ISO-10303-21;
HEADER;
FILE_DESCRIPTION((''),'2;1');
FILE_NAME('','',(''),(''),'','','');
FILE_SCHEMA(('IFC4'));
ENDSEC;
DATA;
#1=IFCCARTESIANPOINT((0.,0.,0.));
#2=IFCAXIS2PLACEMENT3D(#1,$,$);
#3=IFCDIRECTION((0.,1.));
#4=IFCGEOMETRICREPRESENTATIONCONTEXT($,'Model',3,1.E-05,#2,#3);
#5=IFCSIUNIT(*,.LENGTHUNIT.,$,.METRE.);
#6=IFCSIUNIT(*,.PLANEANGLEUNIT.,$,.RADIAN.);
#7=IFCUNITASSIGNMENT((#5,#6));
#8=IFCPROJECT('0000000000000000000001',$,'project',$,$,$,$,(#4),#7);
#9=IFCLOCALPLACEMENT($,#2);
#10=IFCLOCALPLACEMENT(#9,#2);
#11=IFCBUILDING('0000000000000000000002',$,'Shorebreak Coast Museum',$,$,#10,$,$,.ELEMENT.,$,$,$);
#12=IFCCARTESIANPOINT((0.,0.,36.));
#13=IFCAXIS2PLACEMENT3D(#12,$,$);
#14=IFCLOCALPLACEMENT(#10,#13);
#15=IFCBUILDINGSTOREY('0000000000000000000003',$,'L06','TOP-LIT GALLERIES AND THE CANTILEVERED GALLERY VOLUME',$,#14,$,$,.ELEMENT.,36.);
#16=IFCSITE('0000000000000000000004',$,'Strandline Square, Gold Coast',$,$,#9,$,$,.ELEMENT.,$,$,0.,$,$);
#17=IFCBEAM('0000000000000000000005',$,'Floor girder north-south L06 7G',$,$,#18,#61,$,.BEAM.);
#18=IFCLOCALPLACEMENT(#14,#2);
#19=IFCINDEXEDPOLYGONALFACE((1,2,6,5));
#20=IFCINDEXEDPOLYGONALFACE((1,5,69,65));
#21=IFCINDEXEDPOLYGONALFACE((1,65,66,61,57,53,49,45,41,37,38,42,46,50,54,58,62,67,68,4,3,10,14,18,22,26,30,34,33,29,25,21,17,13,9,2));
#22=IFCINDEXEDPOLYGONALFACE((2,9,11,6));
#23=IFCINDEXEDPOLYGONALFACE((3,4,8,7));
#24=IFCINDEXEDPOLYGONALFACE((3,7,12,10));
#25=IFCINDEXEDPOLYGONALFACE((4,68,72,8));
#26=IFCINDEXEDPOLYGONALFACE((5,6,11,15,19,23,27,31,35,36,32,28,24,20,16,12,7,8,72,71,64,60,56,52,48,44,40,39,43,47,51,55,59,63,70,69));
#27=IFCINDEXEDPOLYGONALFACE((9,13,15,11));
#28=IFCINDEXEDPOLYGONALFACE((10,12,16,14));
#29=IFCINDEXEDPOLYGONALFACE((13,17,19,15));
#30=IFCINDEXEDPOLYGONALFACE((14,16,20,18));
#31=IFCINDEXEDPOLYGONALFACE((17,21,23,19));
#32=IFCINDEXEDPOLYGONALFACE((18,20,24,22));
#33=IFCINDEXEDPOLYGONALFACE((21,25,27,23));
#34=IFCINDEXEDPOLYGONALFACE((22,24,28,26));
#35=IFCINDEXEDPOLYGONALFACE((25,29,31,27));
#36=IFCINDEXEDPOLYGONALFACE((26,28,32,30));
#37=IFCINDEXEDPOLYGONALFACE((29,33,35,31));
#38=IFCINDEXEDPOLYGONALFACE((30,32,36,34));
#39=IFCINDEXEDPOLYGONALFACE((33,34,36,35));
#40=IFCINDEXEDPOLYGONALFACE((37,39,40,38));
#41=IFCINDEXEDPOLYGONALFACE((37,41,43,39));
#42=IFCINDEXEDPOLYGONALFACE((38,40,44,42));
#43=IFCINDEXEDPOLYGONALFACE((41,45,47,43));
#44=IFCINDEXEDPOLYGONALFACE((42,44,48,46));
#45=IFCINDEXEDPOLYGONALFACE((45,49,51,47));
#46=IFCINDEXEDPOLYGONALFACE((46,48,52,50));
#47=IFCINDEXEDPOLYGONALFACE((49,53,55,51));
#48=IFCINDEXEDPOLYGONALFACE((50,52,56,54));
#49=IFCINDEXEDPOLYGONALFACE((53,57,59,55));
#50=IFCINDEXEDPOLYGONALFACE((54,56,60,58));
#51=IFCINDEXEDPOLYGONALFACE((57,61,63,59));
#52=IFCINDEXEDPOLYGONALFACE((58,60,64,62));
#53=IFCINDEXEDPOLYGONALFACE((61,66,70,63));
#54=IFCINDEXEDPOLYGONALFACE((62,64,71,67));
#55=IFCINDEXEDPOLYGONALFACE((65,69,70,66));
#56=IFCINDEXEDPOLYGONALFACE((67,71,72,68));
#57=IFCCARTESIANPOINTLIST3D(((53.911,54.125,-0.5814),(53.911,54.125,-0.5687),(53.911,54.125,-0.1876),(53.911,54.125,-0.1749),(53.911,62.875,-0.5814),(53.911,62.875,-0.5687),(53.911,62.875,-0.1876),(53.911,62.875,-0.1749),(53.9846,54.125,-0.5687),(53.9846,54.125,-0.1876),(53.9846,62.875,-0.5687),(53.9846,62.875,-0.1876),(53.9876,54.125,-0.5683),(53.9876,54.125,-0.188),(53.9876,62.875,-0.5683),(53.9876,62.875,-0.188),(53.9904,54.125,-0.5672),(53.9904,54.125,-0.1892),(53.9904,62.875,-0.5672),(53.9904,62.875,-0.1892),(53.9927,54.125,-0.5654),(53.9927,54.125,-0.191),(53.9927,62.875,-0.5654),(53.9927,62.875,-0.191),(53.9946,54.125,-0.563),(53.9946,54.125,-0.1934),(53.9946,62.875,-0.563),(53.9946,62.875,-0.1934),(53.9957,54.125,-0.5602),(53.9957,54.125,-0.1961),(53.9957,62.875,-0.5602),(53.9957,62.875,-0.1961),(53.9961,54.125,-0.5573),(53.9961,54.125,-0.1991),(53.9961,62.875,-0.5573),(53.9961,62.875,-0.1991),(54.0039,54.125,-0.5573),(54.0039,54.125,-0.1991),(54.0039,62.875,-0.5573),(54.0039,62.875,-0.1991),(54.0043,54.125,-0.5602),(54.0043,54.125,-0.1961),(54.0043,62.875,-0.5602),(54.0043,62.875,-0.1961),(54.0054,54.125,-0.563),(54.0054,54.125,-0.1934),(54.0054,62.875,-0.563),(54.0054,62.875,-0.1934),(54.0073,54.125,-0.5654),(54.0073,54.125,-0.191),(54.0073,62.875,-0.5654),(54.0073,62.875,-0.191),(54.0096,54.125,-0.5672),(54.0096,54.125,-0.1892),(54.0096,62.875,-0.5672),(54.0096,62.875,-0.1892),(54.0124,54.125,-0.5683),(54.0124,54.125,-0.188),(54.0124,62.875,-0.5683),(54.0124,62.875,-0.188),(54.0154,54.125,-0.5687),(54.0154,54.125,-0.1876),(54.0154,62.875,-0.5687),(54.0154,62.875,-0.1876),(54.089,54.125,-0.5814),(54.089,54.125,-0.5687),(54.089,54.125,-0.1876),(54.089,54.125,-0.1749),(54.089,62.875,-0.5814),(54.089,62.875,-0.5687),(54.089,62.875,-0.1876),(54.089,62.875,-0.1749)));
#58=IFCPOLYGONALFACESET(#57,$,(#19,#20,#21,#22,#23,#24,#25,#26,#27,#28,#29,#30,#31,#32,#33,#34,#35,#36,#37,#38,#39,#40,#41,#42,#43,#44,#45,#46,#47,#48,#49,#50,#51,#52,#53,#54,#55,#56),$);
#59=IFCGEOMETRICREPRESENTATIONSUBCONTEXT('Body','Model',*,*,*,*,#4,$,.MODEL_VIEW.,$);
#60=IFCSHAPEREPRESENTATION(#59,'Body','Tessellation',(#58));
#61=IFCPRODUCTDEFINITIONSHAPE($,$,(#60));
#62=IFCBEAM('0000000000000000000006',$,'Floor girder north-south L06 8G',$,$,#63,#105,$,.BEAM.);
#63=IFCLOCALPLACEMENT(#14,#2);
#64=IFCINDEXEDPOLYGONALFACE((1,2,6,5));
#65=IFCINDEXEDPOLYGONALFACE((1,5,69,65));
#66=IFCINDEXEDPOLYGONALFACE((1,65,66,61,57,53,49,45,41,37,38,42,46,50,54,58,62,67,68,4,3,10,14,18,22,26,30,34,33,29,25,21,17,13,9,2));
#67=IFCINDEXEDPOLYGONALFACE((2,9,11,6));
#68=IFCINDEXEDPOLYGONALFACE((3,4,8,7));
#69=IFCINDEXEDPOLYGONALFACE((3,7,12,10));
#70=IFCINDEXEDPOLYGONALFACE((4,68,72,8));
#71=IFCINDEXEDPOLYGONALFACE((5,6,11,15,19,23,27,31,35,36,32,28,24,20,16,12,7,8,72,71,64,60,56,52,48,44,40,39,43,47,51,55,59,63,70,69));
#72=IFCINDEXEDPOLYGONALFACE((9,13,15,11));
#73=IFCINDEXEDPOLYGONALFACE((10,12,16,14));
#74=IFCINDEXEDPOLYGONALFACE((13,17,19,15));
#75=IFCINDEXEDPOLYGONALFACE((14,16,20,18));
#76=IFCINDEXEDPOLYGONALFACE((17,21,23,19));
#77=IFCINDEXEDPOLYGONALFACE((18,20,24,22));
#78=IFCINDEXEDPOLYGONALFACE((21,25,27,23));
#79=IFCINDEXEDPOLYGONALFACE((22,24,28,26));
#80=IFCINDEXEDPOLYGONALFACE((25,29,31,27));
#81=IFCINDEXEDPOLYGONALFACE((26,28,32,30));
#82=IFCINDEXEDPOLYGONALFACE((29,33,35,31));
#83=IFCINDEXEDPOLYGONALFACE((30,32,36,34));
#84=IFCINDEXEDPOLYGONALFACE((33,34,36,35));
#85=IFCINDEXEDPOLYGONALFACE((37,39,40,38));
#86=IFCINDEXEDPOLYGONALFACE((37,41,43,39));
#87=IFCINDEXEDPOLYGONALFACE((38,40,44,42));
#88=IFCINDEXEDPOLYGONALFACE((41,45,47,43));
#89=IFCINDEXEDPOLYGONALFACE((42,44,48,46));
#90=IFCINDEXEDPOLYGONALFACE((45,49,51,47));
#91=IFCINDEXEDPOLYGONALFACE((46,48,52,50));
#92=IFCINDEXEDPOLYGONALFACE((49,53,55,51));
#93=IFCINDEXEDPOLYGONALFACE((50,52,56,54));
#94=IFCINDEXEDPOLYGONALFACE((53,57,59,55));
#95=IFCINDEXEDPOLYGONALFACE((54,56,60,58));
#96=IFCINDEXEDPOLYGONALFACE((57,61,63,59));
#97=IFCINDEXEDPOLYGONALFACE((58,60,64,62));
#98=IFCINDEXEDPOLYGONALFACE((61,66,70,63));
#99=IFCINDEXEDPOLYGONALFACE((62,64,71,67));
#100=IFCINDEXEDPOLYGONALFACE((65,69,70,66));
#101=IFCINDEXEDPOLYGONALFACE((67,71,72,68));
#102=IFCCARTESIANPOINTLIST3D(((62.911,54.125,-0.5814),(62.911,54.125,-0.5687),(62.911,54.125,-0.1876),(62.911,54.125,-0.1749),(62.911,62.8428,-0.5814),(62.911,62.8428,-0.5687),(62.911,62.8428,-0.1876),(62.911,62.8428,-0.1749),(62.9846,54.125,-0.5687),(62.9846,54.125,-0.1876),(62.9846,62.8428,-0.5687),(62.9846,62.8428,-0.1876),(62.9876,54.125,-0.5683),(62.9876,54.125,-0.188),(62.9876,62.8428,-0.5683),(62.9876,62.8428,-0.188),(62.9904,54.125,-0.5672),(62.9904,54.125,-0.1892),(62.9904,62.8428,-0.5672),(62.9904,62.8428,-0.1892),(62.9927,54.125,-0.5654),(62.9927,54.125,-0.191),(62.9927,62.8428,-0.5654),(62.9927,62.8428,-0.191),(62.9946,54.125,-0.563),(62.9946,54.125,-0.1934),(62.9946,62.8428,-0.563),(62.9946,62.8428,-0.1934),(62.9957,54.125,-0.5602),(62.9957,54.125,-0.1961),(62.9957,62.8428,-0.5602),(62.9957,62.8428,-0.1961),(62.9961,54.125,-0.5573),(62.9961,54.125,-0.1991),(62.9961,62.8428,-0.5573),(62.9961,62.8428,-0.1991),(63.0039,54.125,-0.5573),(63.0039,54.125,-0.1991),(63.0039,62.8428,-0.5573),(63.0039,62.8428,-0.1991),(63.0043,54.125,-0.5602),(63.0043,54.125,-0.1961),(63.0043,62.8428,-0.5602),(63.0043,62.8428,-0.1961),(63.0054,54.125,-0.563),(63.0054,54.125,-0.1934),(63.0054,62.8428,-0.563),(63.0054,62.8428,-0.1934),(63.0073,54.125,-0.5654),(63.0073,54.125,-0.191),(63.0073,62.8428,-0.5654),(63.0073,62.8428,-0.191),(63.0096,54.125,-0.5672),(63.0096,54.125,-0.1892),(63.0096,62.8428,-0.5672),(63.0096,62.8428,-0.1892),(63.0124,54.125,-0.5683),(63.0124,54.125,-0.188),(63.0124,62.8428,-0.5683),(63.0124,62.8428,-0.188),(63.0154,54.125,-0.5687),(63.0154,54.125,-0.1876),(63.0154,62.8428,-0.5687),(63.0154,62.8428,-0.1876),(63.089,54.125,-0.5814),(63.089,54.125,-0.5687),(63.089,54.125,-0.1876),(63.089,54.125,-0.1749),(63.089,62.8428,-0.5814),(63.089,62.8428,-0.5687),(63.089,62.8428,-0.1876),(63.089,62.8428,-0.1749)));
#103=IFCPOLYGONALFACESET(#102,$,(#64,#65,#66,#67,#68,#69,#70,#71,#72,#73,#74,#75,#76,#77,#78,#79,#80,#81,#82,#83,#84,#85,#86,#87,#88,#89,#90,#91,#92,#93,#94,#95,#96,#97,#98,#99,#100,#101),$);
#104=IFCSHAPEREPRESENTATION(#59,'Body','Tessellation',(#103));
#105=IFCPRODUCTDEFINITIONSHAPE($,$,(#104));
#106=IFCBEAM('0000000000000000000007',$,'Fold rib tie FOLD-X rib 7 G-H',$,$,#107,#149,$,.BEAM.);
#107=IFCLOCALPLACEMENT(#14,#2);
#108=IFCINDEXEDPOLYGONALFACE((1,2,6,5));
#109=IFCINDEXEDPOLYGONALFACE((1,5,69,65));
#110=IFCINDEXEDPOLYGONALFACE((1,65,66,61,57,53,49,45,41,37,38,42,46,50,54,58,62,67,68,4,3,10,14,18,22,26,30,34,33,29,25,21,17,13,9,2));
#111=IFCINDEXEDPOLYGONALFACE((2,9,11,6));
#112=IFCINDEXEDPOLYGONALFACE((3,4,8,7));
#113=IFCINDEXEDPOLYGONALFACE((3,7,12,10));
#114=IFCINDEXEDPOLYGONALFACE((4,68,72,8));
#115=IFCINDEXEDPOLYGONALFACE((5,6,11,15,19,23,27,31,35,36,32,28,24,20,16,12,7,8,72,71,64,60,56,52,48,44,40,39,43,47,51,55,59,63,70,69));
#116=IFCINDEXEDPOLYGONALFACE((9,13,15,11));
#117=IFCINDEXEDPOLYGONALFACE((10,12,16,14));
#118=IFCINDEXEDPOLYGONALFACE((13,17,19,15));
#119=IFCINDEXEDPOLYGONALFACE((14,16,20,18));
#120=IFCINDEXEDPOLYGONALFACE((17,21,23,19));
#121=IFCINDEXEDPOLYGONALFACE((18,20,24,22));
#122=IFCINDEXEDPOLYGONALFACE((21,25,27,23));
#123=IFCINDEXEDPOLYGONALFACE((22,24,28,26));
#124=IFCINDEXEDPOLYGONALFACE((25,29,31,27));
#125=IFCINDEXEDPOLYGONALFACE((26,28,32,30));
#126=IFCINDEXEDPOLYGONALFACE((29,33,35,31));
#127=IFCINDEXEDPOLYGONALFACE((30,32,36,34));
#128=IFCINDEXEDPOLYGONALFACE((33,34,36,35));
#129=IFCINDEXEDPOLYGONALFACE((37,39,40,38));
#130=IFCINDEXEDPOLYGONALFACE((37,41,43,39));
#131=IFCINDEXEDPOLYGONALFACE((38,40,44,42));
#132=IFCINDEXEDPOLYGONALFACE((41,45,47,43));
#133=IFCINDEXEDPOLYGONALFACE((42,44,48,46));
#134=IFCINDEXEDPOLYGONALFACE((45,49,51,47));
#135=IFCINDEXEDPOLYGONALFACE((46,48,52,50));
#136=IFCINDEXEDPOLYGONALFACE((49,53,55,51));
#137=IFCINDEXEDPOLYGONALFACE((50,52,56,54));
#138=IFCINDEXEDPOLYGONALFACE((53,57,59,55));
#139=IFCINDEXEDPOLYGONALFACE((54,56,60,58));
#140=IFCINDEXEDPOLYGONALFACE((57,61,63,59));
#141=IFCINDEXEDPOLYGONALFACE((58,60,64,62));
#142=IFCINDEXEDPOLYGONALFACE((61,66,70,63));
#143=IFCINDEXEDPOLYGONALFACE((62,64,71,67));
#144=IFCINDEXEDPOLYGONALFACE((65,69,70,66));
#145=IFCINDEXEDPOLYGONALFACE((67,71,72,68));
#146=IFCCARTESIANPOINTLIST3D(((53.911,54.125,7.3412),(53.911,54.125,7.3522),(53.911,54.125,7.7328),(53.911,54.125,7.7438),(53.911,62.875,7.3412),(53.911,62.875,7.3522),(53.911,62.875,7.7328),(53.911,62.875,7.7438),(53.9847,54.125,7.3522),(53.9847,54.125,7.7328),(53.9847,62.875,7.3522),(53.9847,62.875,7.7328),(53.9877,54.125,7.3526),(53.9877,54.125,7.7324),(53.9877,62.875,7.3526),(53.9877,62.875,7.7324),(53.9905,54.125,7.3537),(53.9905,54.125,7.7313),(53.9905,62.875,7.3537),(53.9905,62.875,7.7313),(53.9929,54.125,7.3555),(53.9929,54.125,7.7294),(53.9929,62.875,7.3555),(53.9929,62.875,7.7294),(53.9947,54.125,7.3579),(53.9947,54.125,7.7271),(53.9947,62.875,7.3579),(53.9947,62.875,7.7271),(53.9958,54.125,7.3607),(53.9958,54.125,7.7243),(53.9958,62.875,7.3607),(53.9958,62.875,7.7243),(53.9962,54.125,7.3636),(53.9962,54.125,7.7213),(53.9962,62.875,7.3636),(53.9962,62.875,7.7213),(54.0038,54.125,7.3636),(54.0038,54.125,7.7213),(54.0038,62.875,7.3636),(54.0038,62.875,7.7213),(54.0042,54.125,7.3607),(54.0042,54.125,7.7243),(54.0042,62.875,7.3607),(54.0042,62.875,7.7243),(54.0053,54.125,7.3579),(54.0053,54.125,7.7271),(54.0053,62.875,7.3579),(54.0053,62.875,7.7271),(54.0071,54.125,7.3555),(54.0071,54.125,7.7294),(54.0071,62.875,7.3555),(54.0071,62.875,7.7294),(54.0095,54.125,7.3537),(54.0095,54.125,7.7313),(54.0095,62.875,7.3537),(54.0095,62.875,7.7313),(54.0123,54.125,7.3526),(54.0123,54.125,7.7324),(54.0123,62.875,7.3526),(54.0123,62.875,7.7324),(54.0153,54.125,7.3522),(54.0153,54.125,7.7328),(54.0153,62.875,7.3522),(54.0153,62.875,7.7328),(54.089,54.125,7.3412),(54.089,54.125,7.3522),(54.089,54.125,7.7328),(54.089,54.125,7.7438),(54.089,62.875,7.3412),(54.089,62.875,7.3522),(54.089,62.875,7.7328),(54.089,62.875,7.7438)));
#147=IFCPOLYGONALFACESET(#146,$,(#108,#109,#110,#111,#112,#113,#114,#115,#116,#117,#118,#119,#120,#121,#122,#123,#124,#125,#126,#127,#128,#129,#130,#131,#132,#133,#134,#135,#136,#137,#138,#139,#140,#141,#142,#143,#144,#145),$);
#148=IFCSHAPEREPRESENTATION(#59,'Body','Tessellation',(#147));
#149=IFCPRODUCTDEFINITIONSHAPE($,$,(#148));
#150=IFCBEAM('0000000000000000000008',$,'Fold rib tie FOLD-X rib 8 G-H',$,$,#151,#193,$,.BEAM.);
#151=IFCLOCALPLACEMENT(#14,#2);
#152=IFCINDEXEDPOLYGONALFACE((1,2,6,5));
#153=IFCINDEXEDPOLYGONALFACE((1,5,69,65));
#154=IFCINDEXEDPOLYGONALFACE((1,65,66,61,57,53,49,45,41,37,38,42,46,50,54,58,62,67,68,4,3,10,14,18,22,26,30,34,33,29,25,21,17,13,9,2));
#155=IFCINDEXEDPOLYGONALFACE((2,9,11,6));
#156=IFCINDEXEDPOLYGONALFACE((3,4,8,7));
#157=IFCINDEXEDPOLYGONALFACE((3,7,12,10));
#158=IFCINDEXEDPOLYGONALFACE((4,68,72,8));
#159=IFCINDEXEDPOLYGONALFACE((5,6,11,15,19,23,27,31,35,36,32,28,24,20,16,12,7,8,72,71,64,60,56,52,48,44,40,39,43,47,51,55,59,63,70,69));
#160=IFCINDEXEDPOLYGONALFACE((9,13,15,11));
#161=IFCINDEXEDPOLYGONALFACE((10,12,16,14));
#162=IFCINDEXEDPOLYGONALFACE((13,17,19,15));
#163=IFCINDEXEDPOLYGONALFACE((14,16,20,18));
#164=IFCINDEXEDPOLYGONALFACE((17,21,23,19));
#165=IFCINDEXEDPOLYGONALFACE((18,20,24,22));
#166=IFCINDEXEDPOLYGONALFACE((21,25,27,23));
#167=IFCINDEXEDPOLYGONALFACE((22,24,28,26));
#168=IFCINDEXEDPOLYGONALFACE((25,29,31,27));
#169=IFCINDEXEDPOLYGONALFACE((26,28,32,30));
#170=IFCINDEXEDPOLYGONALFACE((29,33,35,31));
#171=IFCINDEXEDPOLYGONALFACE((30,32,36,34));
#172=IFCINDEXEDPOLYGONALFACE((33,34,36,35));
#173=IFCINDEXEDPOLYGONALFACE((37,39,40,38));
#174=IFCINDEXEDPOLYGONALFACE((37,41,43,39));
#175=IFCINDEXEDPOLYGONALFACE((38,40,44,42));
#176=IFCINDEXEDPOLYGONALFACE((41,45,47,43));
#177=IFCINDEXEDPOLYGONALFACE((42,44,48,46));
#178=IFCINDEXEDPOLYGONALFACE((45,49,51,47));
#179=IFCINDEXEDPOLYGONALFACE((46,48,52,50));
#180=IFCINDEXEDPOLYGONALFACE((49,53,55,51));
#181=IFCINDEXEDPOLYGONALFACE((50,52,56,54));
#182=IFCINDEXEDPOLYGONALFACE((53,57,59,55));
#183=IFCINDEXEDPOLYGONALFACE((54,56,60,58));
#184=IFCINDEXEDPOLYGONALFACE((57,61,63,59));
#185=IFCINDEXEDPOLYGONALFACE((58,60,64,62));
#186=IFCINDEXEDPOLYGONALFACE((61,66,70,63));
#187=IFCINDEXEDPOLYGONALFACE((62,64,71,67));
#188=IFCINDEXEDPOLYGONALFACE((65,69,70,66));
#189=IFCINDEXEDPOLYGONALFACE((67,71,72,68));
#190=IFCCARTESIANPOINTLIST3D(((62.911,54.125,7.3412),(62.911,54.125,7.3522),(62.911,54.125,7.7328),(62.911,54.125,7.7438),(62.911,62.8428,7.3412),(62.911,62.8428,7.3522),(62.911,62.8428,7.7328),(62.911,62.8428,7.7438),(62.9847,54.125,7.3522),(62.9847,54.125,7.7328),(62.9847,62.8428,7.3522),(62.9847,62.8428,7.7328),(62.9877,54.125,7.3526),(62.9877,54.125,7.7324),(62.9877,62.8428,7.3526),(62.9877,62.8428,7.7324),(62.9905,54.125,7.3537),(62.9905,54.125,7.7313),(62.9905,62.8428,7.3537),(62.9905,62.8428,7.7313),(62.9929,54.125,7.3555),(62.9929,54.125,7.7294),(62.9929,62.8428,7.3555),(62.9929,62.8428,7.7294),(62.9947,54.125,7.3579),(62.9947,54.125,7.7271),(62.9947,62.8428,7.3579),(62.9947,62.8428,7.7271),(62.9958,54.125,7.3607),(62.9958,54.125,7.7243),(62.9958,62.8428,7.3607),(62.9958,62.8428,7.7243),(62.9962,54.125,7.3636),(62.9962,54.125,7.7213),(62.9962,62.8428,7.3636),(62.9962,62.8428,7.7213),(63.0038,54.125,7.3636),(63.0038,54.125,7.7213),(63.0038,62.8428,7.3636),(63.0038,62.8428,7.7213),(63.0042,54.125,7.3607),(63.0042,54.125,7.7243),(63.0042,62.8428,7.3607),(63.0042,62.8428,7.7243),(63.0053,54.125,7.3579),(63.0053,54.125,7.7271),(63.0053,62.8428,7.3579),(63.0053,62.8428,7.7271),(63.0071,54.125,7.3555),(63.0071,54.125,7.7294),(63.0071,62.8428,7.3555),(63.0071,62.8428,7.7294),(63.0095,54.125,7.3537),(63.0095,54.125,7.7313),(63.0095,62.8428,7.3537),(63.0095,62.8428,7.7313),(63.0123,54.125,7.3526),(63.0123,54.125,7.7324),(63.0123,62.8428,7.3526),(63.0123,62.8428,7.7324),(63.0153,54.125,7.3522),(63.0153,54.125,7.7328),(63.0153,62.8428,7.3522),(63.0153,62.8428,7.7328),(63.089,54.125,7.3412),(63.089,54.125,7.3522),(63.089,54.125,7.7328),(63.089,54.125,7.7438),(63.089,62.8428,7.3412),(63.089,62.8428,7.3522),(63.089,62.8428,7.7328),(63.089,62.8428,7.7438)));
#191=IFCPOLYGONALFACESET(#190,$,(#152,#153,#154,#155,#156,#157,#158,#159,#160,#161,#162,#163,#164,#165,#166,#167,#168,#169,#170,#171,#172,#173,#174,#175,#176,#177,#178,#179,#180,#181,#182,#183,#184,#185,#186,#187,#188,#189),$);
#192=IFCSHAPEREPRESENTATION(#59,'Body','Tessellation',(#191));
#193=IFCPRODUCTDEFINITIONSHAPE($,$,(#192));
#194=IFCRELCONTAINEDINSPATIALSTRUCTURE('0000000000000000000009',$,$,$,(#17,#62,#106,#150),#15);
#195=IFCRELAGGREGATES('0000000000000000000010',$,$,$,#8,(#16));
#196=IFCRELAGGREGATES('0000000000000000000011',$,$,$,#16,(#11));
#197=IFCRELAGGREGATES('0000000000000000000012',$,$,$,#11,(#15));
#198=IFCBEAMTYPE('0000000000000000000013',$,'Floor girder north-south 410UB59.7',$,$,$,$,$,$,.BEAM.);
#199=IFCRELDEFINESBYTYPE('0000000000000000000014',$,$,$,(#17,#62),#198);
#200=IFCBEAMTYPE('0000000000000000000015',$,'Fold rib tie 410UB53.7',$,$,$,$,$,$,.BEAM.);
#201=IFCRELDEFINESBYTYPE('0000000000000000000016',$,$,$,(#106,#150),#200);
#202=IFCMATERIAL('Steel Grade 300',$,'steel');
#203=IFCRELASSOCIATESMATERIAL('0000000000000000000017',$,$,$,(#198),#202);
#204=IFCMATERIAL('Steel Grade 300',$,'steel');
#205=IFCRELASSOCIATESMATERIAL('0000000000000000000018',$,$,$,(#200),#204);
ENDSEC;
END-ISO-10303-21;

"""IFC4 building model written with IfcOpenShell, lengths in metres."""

from ifc_helpers import new_model, si_unit, direction, frame, origin, origin_2d, place, context, subcontext, project, spatial, i_section, extrude, material, material_profile, profile_set, type_object, element, save


model = new_model("IFC4")

# Units and contexts
model_context = context("Model", 3, precision=1e-05, world=origin(), true_north=direction((0.0, 1.0)))
body_context = subcontext(model_context, "Body", "Model", "MODEL_VIEW")
ifc_project = project(units=[si_unit("LENGTHUNIT", "METRE"), si_unit("PLANEANGLEUNIT", "RADIAN")], contexts=[model_context])

# Site, building, storey
site_placement = place(None, origin())
site = spatial("IfcSite", under=ifc_project, at=site_placement, Name="Strandline Square, Gold Coast", CompositionType="ELEMENT", RefElevation=0.0)
building_placement = place(site_placement, origin())
building = spatial("IfcBuilding", under=site, at=building_placement, Name="Shorebreak Coast Museum", CompositionType="ELEMENT")
storey_placement = place(building_placement, frame((0.0, 0.0, 36.0)))
storey = spatial("IfcBuildingStorey", under=building, at=storey_placement, Name="L06", Description="TOP-LIT GALLERIES AND THE CANTILEVERED GALLERY VOLUME", CompositionType="ELEMENT", Elevation=36.0)

# Beams
ifc_material_1 = material(Name="Steel Grade 300", Category="steel")
ifc_material_profile_1 = material_profile(ifc_material_1, i_section(OverallWidth=0.178, OverallDepth=0.4065, WebThickness=0.0078, FlangeThickness=0.0127, FilletRadius=0.0115, at=origin_2d()), Name="410UB59.7")
ifc_profile_set_1 = profile_set([ifc_material_profile_1], Name="Steel Grade 300")
beam_type_1 = type_object("IfcBeamType", Name="Floor girder north-south 410UB59.7", PredefinedType="BEAM", material=ifc_profile_set_1)
beam_1_placement = place(storey_placement, frame((54.0, 54.125, -0.3782), z_axis=(0.0, 1.0, 0.0), x_axis=(-1.0, 0.0, 0.0)))
element("IfcBeam", 1, at=beam_1_placement, inside=storey, type_object=beam_type_1, Name="Floor girder north-south L06 7G", PredefinedType="BEAM", context=body_context, shape_type="SweptSolid", body=[
    extrude(i_section(OverallWidth=0.178, OverallDepth=0.4065, WebThickness=0.0078, FlangeThickness=0.0127, FilletRadius=0.0115, at=origin_2d()), origin(), (0.0, 0.0, 1.0), 8.75),
])
beam_2_placement = place(storey_placement, frame((63.0, 54.125, -0.3782), z_axis=(0.0, 1.0, 0.0), x_axis=(-1.0, 0.0, 0.0)))
element("IfcBeam", 2, at=beam_2_placement, inside=storey, type_object=beam_type_1, Name="Floor girder north-south L06 8G", PredefinedType="BEAM", context=body_context, shape_type="SweptSolid", body=[
    extrude(i_section(OverallWidth=0.178, OverallDepth=0.4065, WebThickness=0.0078, FlangeThickness=0.0127, FilletRadius=0.0115, at=origin_2d()), origin(), (0.0, 0.0, 1.0), 8.7178),
])
ifc_material_2 = material(Name="Steel Grade 300", Category="steel")
ifc_material_profile_2 = material_profile(ifc_material_2, i_section(OverallWidth=0.178, OverallDepth=0.4026, WebThickness=0.0076, FlangeThickness=0.011, FilletRadius=0.0115, at=origin_2d()), Name="410UB53.7")
ifc_profile_set_2 = profile_set([ifc_material_profile_2], Name="Steel Grade 300")
beam_type_2 = type_object("IfcBeamType", Name="Fold rib tie 410UB53.7", PredefinedType="BEAM", material=ifc_profile_set_2)
beam_3_placement = place(storey_placement, frame((54.0, 54.125, 7.5425), z_axis=(0.0, 1.0, 0.0), x_axis=(-1.0, 0.0, 0.0)))
element("IfcBeam", 3, at=beam_3_placement, inside=storey, type_object=beam_type_2, Name="Fold rib tie FOLD-X rib 7 G-H", PredefinedType="BEAM", context=body_context, shape_type="SweptSolid", body=[
    extrude(i_section(OverallWidth=0.178, OverallDepth=0.4026, WebThickness=0.0076, FlangeThickness=0.011, FilletRadius=0.0115, at=origin_2d()), origin(), (0.0, 0.0, 1.0), 8.75),
])
beam_4_placement = place(storey_placement, frame((63.0, 54.125, 7.5425), z_axis=(0.0, 1.0, 0.0), x_axis=(-1.0, 0.0, 0.0)))
element("IfcBeam", 4, at=beam_4_placement, inside=storey, type_object=beam_type_2, Name="Fold rib tie FOLD-X rib 8 G-H", PredefinedType="BEAM", context=body_context, shape_type="SweptSolid", body=[
    extrude(i_section(OverallWidth=0.178, OverallDepth=0.4026, WebThickness=0.0076, FlangeThickness=0.011, FilletRadius=0.0115, at=origin_2d()), origin(), (0.0, 0.0, 1.0), 8.7178),
])

save(model, "model.ifc")
